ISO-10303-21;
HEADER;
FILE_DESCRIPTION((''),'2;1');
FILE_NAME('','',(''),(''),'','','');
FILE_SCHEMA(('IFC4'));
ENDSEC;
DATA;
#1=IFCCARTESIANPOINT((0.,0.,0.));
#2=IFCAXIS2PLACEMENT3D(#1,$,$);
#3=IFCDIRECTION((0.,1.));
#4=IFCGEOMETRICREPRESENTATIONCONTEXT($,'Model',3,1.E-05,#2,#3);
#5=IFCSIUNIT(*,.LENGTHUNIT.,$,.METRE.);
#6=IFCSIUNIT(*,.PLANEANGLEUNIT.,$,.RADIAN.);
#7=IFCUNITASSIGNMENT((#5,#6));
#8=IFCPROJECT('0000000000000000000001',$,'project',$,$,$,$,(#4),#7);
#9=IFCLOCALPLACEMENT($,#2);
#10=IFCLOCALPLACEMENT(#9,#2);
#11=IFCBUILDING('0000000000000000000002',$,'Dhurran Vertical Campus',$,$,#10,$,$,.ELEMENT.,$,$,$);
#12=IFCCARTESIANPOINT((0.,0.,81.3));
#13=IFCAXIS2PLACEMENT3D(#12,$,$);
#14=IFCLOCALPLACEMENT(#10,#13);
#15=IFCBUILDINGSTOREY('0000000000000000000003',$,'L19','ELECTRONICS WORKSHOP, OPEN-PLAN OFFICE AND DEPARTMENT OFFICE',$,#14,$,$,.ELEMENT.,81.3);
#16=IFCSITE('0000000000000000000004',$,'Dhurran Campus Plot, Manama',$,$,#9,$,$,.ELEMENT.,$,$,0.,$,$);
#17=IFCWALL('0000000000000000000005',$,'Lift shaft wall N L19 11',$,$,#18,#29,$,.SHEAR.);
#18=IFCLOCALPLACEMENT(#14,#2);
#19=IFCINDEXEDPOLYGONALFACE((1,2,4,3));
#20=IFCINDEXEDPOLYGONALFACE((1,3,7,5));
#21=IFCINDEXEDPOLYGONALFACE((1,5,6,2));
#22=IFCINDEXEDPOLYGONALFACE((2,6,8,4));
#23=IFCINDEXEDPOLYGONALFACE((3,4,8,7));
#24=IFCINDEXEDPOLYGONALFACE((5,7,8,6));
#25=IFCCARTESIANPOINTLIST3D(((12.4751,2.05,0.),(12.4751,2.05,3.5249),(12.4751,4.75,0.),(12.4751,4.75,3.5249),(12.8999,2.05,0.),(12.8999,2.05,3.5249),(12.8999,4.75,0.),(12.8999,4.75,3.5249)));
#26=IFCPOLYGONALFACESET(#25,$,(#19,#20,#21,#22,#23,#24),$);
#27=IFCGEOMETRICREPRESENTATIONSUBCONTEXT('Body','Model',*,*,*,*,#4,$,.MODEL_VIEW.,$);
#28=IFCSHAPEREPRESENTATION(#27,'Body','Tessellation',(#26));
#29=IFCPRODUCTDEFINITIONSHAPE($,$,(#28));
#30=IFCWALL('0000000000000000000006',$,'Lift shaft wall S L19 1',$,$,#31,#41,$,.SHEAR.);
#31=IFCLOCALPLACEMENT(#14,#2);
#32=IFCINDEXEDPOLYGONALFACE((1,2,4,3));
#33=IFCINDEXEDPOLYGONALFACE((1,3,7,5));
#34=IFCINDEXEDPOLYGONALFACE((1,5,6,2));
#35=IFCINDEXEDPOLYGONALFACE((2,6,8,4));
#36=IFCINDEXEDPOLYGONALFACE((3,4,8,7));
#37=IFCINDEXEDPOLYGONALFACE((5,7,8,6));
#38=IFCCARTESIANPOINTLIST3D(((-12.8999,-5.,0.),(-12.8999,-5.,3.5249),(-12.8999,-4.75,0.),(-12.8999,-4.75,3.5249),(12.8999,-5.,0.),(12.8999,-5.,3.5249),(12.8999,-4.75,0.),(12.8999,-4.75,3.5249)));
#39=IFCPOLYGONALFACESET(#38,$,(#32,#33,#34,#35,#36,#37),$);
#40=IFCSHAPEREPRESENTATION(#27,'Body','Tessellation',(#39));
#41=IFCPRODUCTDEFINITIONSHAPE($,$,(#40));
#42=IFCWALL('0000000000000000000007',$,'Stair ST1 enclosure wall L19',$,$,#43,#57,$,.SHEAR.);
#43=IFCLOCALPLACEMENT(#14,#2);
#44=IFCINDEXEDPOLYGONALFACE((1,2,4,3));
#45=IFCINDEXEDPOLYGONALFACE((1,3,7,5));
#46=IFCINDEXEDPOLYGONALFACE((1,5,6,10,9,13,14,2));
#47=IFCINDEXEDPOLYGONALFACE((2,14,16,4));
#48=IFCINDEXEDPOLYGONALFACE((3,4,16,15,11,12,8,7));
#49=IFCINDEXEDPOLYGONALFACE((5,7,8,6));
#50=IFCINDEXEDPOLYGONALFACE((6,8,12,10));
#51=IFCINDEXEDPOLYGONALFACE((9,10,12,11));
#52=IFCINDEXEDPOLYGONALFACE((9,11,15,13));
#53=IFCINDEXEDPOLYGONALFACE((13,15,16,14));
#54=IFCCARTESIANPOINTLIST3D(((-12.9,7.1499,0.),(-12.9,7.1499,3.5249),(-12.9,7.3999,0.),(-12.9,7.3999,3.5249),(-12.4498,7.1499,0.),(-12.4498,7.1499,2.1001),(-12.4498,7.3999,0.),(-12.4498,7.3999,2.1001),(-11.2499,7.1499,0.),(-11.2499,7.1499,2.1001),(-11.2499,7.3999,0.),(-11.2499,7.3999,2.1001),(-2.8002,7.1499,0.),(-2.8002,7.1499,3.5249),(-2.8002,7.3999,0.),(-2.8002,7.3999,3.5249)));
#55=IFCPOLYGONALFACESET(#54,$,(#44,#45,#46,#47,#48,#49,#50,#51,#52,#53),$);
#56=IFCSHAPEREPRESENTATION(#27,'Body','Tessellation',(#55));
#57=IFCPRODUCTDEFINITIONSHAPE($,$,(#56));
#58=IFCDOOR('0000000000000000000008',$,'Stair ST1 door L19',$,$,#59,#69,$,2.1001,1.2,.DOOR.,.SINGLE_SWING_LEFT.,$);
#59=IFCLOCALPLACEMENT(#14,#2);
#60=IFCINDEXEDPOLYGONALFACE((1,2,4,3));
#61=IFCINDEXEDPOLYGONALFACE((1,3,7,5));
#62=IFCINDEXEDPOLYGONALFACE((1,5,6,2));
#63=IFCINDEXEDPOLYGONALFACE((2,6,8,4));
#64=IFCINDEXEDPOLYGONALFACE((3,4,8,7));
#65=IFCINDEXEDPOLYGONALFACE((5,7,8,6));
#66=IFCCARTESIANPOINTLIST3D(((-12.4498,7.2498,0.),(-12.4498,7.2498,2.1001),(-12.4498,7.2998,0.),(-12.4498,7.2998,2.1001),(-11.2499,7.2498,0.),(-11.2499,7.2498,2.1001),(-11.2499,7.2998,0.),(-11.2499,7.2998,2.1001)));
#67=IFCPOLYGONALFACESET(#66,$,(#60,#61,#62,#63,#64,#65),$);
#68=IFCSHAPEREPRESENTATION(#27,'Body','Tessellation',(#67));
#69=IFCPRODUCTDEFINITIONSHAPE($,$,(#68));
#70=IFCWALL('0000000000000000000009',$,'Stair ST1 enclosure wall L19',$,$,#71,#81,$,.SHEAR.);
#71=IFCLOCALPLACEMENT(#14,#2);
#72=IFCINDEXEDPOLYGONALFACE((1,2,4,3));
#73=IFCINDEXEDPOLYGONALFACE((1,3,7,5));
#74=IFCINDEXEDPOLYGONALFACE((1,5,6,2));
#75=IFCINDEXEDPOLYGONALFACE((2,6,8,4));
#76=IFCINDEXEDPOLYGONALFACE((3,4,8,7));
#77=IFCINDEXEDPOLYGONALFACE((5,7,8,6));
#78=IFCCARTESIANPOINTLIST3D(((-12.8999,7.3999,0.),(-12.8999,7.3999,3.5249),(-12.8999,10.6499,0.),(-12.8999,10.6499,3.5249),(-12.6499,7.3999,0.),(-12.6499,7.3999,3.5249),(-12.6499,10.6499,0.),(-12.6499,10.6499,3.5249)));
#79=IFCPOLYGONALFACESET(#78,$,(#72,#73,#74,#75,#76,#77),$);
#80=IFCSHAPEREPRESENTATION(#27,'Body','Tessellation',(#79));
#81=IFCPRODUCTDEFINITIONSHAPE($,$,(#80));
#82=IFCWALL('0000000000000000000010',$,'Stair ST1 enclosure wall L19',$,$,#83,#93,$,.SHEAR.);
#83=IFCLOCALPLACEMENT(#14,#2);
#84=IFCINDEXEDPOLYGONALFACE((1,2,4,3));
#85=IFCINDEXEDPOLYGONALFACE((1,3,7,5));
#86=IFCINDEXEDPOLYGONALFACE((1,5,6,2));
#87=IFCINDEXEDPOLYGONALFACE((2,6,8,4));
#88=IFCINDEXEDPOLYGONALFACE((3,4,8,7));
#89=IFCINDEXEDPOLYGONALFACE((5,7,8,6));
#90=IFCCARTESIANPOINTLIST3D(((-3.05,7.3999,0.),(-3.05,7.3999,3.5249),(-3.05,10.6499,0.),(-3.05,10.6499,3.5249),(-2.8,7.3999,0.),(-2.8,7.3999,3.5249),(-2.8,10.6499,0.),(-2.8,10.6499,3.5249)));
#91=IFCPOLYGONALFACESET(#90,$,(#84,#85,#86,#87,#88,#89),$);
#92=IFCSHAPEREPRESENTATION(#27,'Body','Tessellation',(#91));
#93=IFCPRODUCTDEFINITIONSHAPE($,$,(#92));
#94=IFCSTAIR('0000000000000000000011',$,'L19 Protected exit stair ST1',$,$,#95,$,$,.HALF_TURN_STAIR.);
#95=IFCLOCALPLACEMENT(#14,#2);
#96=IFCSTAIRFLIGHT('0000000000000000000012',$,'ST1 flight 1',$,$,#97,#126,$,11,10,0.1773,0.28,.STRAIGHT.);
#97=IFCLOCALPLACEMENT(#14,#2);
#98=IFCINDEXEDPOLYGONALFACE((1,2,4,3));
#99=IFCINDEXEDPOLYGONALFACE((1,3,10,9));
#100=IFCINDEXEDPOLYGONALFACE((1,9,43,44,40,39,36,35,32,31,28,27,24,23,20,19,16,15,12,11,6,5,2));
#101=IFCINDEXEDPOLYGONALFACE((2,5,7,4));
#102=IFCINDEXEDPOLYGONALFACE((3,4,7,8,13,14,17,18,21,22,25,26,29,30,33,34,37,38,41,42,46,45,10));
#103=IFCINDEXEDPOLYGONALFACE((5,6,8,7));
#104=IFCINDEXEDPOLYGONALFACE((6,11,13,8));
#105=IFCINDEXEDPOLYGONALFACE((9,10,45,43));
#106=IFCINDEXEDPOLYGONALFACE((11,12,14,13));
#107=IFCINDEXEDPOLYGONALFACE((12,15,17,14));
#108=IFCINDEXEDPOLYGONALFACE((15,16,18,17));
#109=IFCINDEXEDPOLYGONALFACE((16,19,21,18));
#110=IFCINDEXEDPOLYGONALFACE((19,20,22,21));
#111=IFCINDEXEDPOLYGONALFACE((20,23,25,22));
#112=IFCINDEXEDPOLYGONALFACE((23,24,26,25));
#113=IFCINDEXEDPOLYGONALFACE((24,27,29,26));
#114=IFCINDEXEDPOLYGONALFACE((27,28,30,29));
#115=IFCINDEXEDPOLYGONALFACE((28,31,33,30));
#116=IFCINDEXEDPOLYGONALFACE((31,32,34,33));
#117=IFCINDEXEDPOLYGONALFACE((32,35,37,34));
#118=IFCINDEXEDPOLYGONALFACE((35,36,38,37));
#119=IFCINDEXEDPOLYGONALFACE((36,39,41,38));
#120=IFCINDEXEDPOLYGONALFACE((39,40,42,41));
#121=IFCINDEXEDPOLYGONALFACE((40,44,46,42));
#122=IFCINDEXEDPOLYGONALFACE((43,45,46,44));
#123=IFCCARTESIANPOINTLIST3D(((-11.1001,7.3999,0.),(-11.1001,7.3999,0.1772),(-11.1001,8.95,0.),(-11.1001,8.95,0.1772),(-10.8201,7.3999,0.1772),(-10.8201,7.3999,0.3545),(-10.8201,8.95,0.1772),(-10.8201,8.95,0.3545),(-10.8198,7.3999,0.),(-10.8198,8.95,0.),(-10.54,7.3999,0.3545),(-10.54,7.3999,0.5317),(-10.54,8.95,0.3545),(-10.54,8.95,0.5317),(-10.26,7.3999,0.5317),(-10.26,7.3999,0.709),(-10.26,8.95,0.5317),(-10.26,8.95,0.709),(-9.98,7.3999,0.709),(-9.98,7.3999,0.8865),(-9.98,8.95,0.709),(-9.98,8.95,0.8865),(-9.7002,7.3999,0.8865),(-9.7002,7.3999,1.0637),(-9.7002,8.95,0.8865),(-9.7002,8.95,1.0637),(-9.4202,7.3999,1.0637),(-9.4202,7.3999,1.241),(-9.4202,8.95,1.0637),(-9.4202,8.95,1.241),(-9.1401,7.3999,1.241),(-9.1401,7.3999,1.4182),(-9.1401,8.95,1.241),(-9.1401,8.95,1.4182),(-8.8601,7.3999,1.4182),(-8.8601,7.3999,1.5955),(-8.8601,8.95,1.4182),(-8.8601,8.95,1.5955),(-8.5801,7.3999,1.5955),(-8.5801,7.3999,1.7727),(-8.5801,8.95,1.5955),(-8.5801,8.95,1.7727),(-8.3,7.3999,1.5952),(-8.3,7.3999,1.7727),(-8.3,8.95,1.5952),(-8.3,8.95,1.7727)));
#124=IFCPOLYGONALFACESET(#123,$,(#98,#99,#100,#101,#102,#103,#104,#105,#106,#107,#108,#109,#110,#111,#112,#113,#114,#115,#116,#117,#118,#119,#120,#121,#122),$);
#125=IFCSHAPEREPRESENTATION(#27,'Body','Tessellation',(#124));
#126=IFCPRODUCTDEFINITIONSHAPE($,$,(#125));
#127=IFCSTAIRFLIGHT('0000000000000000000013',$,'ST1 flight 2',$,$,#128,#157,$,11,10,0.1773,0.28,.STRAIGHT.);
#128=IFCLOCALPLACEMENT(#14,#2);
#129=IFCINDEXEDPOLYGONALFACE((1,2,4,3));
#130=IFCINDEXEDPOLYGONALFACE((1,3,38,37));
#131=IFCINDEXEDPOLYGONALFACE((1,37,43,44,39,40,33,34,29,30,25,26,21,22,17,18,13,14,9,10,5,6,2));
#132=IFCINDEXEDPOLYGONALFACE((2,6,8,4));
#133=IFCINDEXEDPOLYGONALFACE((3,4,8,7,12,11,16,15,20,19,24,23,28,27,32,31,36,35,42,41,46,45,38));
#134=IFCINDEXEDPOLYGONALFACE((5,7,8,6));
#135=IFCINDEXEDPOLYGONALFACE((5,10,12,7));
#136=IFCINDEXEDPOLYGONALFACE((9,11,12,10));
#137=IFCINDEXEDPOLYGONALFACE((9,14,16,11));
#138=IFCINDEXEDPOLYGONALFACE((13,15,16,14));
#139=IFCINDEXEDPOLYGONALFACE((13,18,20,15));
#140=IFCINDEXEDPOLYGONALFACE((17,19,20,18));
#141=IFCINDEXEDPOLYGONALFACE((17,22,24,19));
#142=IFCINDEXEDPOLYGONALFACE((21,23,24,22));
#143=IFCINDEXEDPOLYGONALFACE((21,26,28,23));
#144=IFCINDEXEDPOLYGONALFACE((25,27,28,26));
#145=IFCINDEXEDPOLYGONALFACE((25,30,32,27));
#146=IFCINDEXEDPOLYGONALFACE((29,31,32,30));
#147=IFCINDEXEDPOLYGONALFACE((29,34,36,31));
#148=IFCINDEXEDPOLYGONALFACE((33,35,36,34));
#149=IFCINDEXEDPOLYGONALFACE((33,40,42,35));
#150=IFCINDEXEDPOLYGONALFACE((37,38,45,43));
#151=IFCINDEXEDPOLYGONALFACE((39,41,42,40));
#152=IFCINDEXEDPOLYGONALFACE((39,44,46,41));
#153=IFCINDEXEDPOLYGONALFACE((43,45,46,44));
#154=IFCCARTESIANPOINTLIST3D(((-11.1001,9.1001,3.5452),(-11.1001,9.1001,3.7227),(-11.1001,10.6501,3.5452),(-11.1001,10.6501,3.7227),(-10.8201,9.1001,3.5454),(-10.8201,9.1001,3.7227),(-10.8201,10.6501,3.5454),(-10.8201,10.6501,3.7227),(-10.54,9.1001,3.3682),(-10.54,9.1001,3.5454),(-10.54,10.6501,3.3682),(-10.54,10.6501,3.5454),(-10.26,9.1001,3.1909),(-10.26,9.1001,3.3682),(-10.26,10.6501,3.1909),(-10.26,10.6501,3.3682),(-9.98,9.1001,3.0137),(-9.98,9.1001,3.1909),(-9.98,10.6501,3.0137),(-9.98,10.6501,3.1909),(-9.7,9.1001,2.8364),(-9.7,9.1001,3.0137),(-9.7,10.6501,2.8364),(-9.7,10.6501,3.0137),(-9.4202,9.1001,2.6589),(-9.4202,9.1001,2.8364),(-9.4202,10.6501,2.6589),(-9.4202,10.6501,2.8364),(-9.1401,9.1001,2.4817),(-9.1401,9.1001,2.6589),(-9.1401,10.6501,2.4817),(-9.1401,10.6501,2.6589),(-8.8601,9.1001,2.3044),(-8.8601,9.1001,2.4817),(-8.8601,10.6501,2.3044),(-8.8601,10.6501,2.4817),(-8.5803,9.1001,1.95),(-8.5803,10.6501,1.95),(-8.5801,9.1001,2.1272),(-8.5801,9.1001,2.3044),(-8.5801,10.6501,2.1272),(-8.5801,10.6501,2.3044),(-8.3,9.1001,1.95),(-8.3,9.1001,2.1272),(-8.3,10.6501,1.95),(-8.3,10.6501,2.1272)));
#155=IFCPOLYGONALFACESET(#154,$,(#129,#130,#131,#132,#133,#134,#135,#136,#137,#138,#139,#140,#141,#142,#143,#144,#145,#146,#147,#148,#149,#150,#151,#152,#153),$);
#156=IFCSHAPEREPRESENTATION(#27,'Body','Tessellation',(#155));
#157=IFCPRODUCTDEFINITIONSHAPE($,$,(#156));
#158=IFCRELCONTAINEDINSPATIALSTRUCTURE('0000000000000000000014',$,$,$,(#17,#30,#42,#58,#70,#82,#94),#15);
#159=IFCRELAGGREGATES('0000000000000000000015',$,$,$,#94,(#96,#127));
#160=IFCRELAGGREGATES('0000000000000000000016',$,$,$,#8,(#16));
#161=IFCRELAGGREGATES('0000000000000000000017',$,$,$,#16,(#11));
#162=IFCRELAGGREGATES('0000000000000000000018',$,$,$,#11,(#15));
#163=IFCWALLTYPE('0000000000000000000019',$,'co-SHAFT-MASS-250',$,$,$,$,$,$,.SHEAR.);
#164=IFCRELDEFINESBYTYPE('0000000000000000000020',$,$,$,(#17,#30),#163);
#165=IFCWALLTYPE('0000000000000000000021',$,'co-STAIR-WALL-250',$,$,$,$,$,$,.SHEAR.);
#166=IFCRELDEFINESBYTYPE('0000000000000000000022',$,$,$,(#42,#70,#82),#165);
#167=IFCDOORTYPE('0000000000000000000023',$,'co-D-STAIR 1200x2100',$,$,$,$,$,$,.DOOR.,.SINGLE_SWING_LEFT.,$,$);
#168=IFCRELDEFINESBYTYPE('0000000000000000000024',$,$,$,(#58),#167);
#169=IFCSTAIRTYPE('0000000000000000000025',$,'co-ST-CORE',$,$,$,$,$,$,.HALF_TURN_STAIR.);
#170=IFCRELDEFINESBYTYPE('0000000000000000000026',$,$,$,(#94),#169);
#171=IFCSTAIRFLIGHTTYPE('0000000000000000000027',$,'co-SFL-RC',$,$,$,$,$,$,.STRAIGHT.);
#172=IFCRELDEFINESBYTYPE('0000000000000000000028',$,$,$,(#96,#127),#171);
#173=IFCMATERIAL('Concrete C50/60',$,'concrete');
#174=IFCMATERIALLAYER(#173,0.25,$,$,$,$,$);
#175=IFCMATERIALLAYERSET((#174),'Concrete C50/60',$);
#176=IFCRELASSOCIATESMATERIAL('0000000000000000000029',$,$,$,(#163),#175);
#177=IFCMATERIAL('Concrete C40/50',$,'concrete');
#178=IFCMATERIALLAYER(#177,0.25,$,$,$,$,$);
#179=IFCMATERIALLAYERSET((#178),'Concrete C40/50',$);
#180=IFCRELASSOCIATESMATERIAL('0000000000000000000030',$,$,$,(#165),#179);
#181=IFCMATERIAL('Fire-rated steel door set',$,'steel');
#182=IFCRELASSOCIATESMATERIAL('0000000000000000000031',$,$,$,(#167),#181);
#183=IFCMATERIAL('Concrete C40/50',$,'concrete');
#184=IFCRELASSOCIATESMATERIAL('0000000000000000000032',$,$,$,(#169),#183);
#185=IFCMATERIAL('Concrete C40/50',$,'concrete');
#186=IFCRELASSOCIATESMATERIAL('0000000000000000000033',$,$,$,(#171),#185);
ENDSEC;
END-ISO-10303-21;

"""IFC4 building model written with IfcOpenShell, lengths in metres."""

from ifc_helpers import new_model, si_unit, direction, frame, frame_2d, origin, place, context, subcontext, project, spatial, polyline, rectangle, outline, extrude, material, layer, layer_set, type_object, element, fill, aggregate, save


model = new_model("IFC4")

# Units and contexts
model_context = context("Model", 3, precision=1e-05, world=origin(), true_north=direction((0.0, 1.0)))
body_context = subcontext(model_context, "Body", "Model", "MODEL_VIEW")
ifc_project = project(units=[si_unit("LENGTHUNIT", "METRE"), si_unit("PLANEANGLEUNIT", "RADIAN")], contexts=[model_context])

# Site, building, storey
site_placement = place(None, origin())
site = spatial("IfcSite", under=ifc_project, at=site_placement, Name="Dhurran Campus Plot, Manama", CompositionType="ELEMENT", RefElevation=0.0)
building_placement = place(site_placement, origin())
building = spatial("IfcBuilding", under=site, at=building_placement, Name="Dhurran Vertical Campus", CompositionType="ELEMENT")
storey_placement = place(building_placement, frame((0.0, 0.0, 81.3)))
storey = spatial("IfcBuildingStorey", under=building, at=storey_placement, Name="L19", Description="ELECTRONICS WORKSHOP, OPEN-PLAN OFFICE AND DEPARTMENT OFFICE", CompositionType="ELEMENT", Elevation=81.3)

# Walls
ifc_material_1 = material(Name="Concrete C50/60", Category="concrete")
ifc_layer_1 = layer(ifc_material_1, 0.25)
ifc_layer_set_1 = layer_set([ifc_layer_1], Name="Concrete C50/60")
wall_type_1 = type_object("IfcWallType", Name="co-SHAFT-MASS-250", PredefinedType="SHEAR", material=ifc_layer_set_1)
wall_1_placement = place(storey_placement, origin())
element("IfcWall", 1, at=wall_1_placement, inside=storey, type_object=wall_type_1, Name="Lift shaft wall N L19 11", PredefinedType="SHEAR", context=body_context, shape_type="SweptSolid", body=[
    extrude(outline(polyline([(12.4751, 2.05), (12.8999, 2.05), (12.8999, 4.75), (12.4751, 4.75), (12.4751, 2.05)])), origin(), (0.0, 0.0, 1.0), 3.5249),
])
wall_2_placement = place(storey_placement, origin())
element("IfcWall", 2, at=wall_2_placement, inside=storey, type_object=wall_type_1, Name="Lift shaft wall S L19 1", PredefinedType="SHEAR", context=body_context, shape_type="SweptSolid", body=[
    extrude(outline(polyline([(-12.8999, -5.0), (12.8999, -5.0), (12.8999, -4.75), (-12.8999, -4.75), (-12.8999, -5.0)])), origin(), (0.0, 0.0, 1.0), 3.5249),
])

# Wall, opening, door
ifc_material_2 = material(Name="Concrete C40/50", Category="concrete")
ifc_layer_2 = layer(ifc_material_2, 0.25)
ifc_layer_set_2 = layer_set([ifc_layer_2], Name="Concrete C40/50")
wall_type_2 = type_object("IfcWallType", Name="co-STAIR-WALL-250", PredefinedType="SHEAR", material=ifc_layer_set_2)
wall_3_placement = place(storey_placement, frame((-12.8999, 7.2749, 0.0), z_axis=(0.0, 0.0, 1.0), x_axis=(1.0, 0.0, 0.0)))
wall_3 = element("IfcWall", 3, at=wall_3_placement, inside=storey, type_object=wall_type_2, Name="Stair ST1 enclosure wall L19", PredefinedType="SHEAR", context=body_context, shape_type="SweptSolid", body=[
    extrude(rectangle(XDim=10.0999, YDim=0.25, at=frame_2d((5.0498, 0.0))), origin(), (0.0, 0.0, 1.0), 3.5249),
])
opening_1_placement = place(wall_3_placement, frame((0.45, 0.0, 0.0)))
opening_1 = element("IfcOpeningElement", 4, at=opening_1_placement, cuts=wall_3, PredefinedType="OPENING", context=body_context, shape_type="SweptSolid", body=[
    extrude(rectangle(XDim=1.2, YDim=2.1001, at=frame_2d((0.6001, 1.05))), frame((0.0, 0.135, 0.0), z_axis=(0.0, -1.0, 0.0), x_axis=(1.0, 0.0, 0.0)), (0.0, 0.0, 1.0), 0.27),
])
ifc_material_3 = material(Name="Fire-rated steel door set", Category="steel")
door_type_1 = type_object("IfcDoorType", Name="co-D-STAIR 1200x2100", OperationType="SINGLE_SWING_LEFT", PredefinedType="DOOR", material=ifc_material_3)
door_1_placement = place(opening_1_placement, origin())
door_1 = element("IfcDoor", 5, at=door_1_placement, inside=storey, type_object=door_type_1, Name="Stair ST1 door L19", OperationType="SINGLE_SWING_LEFT", OverallHeight=2.1001, OverallWidth=1.2, PredefinedType="DOOR", context=body_context, shape_type="SweptSolid", body=[
    extrude(rectangle(XDim=1.2, YDim=2.1001, at=frame_2d((0.6001, 1.05))), frame((0.0, 0.0249, 0.0), z_axis=(0.0, -1.0, 0.0), x_axis=(1.0, 0.0, 0.0)), (0.0, 0.0, 1.0), 0.05),
])
fill(opening_1, door_1)

# Walls
for number, where, z_axis, x_axis, name in (
    (6, (-12.7749, 7.3999, 0.0), (0.0, 0.0, 1.0), (0.0, 1.0, 0.0), "Stair ST1 enclosure wall L19"),
    (7, (-2.925, 7.3999, 0.0), (0.0, 0.0, 1.0), (0.0, 1.0, 0.0), "Stair ST1 enclosure wall L19"),
):
    element("IfcWall", number, at=place(storey_placement, frame(where, z_axis=z_axis, x_axis=x_axis)), inside=storey, type_object=wall_type_2, Name=name, PredefinedType="SHEAR", context=body_context, shape_type="SweptSolid", body=[
        extrude(rectangle(XDim=3.25, YDim=0.25, at=frame_2d((1.625, 0.0))), origin(), (0.0, 0.0, 1.0), 3.5249),
    ])

# Stair, stair flights
ifc_material_4 = material(Name="Concrete C40/50", Category="concrete")
stair_type = type_object("IfcStairType", Name="co-ST-CORE", PredefinedType="HALF_TURN_STAIR", material=ifc_material_4)
stair_placement = place(storey_placement, origin())
stair = element("IfcStair", 8, at=stair_placement, inside=storey, type_object=stair_type, Name="L19 Protected exit stair ST1", PredefinedType="HALF_TURN_STAIR")
ifc_material_5 = material(Name="Concrete C40/50", Category="concrete")
stair_flight_type = type_object("IfcStairFlightType", Name="co-SFL-RC", PredefinedType="STRAIGHT", material=ifc_material_5)
stair_flight_1_placement = place(storey_placement, frame((-11.1001, 8.175, 0.0), z_axis=(0.0, 0.0, 1.0), x_axis=(1.0, 0.0, 0.0)))
stair_flight_1 = element("IfcStairFlight", 9, at=stair_flight_1_placement, type_object=stair_flight_type, Name="ST1 flight 1", NumberOfRisers=11, NumberOfTreads=10, PredefinedType="STRAIGHT", RiserHeight=0.1773, TreadLength=0.28, context=body_context, shape_type="SweptSolid", body=[
    extrude(outline(polyline([(0.0, 0.0), (0.0, 0.1772), (0.28, 0.1772), (0.28, 0.3545), (0.5601, 0.3545), (0.5601, 0.5317), (0.8401, 0.5317), (0.8401, 0.709), (1.1201, 0.709), (1.1201, 0.8865), (1.3999, 0.8865), (1.3999, 1.0637), (1.6799, 1.0637), (1.6799, 1.241), (1.96, 1.241), (1.96, 1.4182), (2.24, 1.4182), (2.24, 1.5955), (2.52, 1.5955), (2.52, 1.7727), (2.8, 1.7727), (2.8, 1.95), (2.8, 1.5952), (0.2803, 0.0), (0.0, 0.0)])), frame((0.0, 0.7749, 0.0), z_axis=(0.0, -1.0, 0.0), x_axis=(1.0, 0.0, 0.0)), (0.0, 0.0, 1.0), 1.55),
])
stair_flight_2_placement = place(storey_placement, frame((-8.3, 9.875, 1.95), z_axis=(0.0, 0.0, 1.0), x_axis=(-1.0, 0.0, 0.0)))
stair_flight_2 = element("IfcStairFlight", 10, at=stair_flight_2_placement, type_object=stair_flight_type, Name="ST1 flight 2", NumberOfRisers=11, NumberOfTreads=10, PredefinedType="STRAIGHT", RiserHeight=0.1773, TreadLength=0.28, context=body_context, shape_type="SweptSolid", body=[
    extrude(outline(polyline([(0.0, 0.0), (0.0, 0.1772), (0.28, 0.1772), (0.28, 0.3545), (0.5601, 0.3545), (0.5601, 0.5317), (0.8401, 0.5317), (0.8401, 0.709), (1.1201, 0.709), (1.1201, 0.8865), (1.3999, 0.8865), (1.3999, 1.0637), (1.6799, 1.0637), (1.6799, 1.241), (1.96, 1.241), (1.96, 1.4182), (2.24, 1.4182), (2.24, 1.5955), (2.52, 1.5955), (2.52, 1.7727), (2.8, 1.7727), (2.8, 1.95), (2.8, 1.5952), (0.2803, 0.0), (0.0, 0.0)])), frame((0.0, 0.7749, 0.0), z_axis=(0.0, -1.0, 0.0), x_axis=(1.0, 0.0, 0.0)), (0.0, 0.0, 1.0), 1.55),
])
aggregate(stair, [stair_flight_1, stair_flight_2])

save(model, "model.ifc")
